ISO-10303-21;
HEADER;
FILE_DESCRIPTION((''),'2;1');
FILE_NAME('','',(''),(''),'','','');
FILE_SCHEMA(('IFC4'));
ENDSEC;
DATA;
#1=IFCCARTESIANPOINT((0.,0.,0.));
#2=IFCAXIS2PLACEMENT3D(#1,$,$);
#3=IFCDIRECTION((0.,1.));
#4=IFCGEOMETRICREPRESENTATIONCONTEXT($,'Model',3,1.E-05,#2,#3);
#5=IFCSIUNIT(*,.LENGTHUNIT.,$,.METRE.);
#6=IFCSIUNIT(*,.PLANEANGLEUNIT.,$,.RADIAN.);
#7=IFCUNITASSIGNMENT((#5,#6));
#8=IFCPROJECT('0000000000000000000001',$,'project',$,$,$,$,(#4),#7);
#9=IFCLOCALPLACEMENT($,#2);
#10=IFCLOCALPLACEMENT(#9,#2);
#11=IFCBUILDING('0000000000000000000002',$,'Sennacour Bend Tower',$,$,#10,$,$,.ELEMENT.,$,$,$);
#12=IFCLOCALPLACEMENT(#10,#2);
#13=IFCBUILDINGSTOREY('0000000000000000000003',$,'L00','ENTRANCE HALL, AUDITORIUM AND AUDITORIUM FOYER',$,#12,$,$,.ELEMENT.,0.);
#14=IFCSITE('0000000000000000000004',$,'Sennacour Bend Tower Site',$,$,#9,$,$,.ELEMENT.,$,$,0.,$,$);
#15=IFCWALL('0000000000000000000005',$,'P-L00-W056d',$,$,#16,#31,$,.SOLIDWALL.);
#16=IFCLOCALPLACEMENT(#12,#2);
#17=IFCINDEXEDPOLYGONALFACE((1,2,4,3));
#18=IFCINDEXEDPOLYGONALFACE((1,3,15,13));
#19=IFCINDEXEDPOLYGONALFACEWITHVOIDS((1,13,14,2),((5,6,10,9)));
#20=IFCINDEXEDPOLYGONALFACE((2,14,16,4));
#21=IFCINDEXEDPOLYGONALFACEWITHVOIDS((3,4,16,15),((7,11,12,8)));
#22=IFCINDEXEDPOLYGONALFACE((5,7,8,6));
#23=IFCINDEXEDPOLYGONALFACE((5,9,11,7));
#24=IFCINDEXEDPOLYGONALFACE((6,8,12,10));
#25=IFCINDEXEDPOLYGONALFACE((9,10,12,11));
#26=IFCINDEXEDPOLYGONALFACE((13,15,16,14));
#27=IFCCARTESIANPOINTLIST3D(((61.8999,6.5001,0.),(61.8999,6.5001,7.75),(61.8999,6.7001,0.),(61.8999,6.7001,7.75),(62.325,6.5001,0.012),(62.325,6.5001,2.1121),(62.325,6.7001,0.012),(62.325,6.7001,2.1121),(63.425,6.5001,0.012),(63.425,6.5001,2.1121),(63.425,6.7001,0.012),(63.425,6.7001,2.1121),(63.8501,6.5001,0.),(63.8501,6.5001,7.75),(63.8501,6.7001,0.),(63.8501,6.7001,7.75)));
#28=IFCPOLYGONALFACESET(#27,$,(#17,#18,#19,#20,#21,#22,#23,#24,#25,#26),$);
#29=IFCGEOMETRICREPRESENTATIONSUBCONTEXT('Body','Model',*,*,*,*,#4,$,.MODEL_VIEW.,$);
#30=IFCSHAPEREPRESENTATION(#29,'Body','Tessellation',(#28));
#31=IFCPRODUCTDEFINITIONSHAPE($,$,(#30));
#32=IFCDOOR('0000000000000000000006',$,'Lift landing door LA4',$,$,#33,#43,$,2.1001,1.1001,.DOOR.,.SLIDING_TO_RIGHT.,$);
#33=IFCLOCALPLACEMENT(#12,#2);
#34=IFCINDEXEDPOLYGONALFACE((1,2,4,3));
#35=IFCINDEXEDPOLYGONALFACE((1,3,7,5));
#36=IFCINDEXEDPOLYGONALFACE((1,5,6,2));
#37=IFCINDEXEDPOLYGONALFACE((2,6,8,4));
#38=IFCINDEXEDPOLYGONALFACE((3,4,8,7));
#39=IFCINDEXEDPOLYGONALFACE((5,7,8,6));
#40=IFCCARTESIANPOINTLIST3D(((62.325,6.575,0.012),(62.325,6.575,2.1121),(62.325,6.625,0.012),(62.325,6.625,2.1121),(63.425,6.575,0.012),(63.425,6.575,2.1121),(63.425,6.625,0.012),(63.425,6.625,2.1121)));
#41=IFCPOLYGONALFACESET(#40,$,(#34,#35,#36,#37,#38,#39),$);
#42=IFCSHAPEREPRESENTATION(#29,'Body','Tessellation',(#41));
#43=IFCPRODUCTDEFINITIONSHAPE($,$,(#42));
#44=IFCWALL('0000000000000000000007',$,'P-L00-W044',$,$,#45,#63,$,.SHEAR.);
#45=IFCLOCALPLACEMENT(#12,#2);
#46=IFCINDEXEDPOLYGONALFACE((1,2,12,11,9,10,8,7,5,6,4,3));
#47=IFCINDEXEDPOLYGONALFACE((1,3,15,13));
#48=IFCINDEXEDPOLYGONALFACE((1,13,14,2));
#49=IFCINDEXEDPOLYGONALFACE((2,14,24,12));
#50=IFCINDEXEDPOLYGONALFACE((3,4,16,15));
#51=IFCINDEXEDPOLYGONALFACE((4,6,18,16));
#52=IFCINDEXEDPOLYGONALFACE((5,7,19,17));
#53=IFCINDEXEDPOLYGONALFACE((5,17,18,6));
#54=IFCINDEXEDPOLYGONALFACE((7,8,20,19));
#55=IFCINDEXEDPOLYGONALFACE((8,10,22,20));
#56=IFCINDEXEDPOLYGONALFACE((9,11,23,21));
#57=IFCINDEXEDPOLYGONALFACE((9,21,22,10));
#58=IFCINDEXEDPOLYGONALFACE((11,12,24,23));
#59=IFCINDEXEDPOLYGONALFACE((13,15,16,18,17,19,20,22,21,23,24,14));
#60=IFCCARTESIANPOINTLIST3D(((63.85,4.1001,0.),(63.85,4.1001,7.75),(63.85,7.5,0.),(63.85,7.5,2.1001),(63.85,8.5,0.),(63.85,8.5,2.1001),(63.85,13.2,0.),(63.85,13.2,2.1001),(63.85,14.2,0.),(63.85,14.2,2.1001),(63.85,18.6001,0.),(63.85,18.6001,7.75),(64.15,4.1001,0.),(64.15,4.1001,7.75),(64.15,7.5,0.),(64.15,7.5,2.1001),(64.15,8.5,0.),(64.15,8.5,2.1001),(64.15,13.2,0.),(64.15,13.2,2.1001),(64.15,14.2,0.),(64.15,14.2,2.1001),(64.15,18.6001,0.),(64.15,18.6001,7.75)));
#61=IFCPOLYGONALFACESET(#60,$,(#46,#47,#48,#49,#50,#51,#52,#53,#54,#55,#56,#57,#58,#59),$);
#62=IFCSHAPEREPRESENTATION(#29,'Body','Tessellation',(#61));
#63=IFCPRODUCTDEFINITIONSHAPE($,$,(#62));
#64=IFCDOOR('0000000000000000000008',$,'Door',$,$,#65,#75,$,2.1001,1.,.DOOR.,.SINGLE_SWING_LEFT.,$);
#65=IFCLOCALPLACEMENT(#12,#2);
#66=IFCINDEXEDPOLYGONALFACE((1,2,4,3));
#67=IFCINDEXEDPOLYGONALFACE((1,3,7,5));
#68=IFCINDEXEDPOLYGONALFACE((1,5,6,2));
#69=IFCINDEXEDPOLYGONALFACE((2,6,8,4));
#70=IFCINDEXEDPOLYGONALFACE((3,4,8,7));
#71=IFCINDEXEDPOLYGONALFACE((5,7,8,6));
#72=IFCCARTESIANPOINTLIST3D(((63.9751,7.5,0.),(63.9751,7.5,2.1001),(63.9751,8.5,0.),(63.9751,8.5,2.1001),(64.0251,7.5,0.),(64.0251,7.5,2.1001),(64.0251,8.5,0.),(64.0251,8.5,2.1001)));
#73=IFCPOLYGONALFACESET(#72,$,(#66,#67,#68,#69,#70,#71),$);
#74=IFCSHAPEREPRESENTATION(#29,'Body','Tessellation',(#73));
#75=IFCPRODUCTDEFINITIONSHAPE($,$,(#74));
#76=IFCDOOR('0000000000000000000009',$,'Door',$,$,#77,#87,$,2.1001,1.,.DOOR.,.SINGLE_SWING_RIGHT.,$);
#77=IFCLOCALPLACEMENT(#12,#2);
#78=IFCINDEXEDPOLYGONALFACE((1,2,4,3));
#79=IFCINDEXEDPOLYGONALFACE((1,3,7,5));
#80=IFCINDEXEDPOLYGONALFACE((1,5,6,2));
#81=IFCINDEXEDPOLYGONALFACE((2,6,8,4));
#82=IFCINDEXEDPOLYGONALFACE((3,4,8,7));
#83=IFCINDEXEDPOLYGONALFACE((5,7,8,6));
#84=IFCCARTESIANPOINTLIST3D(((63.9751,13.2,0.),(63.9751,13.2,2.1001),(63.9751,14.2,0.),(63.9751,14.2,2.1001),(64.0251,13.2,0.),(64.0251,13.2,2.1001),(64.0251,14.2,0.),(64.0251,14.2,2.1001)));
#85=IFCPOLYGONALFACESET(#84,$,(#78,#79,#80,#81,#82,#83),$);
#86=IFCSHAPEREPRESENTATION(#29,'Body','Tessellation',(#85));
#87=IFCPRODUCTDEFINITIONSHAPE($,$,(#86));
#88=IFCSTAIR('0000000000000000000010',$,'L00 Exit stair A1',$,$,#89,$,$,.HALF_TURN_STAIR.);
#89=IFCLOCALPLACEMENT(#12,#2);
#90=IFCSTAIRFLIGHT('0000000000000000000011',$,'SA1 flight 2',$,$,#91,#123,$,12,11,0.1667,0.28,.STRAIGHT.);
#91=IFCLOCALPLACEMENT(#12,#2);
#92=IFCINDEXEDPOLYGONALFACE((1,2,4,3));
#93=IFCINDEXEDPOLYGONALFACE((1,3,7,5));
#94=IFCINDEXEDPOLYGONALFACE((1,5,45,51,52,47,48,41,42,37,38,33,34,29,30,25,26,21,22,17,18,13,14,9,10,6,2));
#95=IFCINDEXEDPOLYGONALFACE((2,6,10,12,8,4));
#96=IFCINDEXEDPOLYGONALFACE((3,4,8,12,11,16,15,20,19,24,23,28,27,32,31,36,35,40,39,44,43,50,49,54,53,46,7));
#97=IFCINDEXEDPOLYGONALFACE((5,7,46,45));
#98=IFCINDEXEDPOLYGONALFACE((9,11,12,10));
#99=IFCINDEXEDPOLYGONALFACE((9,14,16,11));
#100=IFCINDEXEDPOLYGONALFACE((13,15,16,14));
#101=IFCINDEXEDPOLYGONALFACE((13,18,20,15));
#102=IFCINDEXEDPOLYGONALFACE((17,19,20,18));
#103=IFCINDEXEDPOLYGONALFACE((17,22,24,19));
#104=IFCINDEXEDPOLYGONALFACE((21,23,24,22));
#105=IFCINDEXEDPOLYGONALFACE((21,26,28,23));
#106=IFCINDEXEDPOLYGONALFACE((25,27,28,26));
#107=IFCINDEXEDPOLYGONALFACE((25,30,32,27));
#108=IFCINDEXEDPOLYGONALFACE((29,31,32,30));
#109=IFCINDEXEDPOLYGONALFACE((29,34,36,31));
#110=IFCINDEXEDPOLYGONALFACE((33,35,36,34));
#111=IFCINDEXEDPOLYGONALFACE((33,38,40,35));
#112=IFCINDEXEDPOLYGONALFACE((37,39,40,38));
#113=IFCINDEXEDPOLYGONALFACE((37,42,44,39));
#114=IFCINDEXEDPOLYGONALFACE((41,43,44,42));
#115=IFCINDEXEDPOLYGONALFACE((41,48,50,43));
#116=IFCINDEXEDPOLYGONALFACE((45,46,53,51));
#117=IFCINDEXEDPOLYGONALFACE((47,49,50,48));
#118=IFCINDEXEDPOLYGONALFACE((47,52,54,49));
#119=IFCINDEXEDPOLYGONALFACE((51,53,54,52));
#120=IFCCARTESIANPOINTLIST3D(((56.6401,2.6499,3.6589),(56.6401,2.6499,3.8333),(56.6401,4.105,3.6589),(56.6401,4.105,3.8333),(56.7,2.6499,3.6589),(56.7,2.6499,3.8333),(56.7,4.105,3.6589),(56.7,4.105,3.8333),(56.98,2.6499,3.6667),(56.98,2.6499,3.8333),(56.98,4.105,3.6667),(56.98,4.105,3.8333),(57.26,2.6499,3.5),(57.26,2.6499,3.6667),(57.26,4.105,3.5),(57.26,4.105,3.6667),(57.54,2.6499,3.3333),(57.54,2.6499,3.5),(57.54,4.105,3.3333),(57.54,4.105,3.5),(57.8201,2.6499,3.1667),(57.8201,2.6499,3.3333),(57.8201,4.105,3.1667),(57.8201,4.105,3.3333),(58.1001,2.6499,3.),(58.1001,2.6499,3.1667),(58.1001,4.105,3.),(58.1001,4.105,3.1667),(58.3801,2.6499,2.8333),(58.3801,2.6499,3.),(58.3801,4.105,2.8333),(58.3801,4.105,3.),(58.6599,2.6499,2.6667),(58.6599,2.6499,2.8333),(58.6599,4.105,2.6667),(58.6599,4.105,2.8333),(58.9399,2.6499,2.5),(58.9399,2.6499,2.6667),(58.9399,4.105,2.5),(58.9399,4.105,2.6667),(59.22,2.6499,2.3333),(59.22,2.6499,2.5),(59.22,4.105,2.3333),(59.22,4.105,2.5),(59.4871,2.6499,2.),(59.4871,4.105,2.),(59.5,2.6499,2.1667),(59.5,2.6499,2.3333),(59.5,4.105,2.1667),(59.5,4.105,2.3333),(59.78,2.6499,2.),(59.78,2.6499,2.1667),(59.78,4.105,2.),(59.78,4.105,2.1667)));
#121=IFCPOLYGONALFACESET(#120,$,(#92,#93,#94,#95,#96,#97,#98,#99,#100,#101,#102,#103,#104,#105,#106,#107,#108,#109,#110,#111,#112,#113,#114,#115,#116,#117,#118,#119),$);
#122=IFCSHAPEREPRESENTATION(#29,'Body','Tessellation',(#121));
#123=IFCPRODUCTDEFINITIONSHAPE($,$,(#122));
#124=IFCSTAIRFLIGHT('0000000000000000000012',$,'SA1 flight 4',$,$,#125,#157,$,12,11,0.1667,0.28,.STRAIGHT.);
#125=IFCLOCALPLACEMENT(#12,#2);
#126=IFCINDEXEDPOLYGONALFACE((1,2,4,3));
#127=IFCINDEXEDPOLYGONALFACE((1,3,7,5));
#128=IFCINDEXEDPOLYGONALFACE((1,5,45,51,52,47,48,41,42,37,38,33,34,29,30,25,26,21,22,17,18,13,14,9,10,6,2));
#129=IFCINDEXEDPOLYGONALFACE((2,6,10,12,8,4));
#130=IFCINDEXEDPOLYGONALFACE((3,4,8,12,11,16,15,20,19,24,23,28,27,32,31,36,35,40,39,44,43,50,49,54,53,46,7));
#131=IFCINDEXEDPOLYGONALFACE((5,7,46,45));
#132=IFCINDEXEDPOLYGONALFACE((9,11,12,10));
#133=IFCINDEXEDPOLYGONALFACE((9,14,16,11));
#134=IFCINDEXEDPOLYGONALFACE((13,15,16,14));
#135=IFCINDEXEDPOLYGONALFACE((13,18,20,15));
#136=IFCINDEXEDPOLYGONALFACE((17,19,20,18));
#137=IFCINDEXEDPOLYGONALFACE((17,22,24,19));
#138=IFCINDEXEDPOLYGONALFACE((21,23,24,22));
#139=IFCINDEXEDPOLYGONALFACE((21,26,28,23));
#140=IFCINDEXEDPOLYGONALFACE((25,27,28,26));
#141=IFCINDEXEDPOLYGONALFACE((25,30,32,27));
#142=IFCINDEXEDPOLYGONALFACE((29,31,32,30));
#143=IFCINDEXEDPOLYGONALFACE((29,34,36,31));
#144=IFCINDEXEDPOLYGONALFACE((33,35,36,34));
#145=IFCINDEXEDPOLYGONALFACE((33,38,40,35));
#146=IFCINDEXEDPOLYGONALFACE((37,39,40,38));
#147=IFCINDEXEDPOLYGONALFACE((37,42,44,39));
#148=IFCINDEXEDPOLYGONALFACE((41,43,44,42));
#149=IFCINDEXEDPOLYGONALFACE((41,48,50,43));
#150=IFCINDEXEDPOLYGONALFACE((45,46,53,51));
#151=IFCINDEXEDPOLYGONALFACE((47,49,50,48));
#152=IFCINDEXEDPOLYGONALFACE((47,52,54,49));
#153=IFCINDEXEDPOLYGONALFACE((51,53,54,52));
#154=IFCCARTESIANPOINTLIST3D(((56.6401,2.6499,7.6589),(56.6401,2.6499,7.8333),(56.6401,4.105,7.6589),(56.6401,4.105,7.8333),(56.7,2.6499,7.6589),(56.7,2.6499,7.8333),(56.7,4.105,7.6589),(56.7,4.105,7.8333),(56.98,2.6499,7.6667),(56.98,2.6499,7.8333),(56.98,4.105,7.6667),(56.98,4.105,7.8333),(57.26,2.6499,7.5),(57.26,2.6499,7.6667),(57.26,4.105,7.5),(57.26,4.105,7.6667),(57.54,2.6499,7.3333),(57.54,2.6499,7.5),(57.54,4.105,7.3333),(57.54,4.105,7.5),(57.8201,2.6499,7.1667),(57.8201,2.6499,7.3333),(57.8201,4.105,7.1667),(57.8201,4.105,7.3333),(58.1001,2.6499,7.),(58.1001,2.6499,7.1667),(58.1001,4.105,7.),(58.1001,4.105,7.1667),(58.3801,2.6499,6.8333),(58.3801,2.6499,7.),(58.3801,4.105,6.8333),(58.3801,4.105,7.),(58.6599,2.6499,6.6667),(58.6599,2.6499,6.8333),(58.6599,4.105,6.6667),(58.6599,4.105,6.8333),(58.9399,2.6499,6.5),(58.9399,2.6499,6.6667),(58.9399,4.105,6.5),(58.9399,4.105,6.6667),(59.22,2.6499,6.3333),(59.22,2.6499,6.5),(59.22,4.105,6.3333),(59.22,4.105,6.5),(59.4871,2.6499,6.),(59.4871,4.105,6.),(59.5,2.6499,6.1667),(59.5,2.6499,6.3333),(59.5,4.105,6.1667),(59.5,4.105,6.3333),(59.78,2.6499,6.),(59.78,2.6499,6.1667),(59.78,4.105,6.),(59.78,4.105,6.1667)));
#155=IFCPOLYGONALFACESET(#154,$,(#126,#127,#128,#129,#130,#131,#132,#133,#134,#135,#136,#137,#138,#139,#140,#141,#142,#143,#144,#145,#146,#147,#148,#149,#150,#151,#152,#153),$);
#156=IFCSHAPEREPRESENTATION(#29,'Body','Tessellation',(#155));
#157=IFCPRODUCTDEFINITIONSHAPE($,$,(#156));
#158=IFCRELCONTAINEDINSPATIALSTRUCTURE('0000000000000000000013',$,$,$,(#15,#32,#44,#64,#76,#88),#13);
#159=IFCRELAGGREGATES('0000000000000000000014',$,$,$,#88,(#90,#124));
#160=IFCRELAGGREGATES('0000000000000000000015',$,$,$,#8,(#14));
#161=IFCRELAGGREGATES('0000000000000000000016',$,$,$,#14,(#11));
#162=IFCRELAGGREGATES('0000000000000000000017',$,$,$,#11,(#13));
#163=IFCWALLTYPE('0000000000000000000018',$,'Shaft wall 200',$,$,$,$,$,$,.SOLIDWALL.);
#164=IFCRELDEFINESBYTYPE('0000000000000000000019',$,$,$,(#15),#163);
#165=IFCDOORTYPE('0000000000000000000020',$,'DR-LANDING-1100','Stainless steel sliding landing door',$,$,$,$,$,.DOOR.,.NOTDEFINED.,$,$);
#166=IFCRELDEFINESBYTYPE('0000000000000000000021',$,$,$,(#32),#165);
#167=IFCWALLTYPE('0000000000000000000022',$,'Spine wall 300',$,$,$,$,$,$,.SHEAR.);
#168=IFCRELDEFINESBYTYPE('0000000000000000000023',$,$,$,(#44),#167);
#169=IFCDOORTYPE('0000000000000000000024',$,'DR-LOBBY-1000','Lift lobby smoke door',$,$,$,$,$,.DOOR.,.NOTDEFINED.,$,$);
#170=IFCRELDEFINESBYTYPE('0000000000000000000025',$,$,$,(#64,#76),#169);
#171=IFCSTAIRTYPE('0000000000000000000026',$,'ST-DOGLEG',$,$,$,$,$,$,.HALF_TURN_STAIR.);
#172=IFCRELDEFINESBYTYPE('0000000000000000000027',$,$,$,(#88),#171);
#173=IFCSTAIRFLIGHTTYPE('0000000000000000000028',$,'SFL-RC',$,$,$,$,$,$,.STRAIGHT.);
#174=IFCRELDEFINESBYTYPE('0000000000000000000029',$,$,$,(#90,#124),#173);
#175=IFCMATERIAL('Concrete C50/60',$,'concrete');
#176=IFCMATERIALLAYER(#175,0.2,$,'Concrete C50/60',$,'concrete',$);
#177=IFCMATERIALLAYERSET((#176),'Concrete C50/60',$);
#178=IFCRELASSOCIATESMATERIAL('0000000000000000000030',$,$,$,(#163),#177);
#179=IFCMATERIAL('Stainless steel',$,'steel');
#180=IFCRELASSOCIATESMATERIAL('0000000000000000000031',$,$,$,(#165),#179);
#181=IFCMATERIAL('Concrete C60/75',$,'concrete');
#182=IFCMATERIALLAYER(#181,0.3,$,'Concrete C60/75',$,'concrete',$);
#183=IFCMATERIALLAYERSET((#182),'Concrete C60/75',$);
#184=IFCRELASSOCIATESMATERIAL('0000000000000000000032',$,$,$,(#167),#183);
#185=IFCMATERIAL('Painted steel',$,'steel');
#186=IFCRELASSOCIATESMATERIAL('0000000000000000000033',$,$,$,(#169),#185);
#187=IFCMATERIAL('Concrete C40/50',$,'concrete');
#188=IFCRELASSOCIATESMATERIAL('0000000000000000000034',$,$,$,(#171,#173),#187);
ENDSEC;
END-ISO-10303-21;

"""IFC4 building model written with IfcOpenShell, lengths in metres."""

from ifc_helpers import new_model, si_unit, direction, frame, frame_2d, origin, place, context, subcontext, project, spatial, polyline, rectangle, outline, extrude, material, layer, layer_set, type_object, element, fill, aggregate, save


model = new_model("IFC4")

# Units and contexts
model_context = context("Model", 3, precision=1e-05, world=origin(), true_north=direction((0.0, 1.0)))
body_context = subcontext(model_context, "Body", "Model", "MODEL_VIEW")
ifc_project = project(units=[si_unit("LENGTHUNIT", "METRE"), si_unit("PLANEANGLEUNIT", "RADIAN")], contexts=[model_context])

# Site, building, storey
site_placement = place(None, origin())
site = spatial("IfcSite", under=ifc_project, at=site_placement, Name="Sennacour Bend Tower Site", CompositionType="ELEMENT", RefElevation=0.0)
building_placement = place(site_placement, origin())
building = spatial("IfcBuilding", under=site, at=building_placement, Name="Sennacour Bend Tower", CompositionType="ELEMENT")
storey_placement = place(building_placement, origin())
storey = spatial("IfcBuildingStorey", under=building, at=storey_placement, Name="L00", Description="ENTRANCE HALL, AUDITORIUM AND AUDITORIUM FOYER", CompositionType="ELEMENT", Elevation=0.0)

# Shared definitions
ifc_material_1 = material(Name="Concrete C50/60", Category="concrete")

# Shared definitions
ifc_material_2 = material(Name="Painted steel", Category="steel")

# Shared definitions
ifc_layer_1 = layer(ifc_material_1, 0.2, Name="Concrete C50/60", Category="concrete")
ifc_layer_set_1 = layer_set([ifc_layer_1], Name="Concrete C50/60")
wall_type_1 = type_object("IfcWallType", Name="Shaft wall 200", PredefinedType="SOLIDWALL", material=ifc_layer_set_1)

# Wall, opening, door
ifc_material_3 = material(Name="Stainless steel", Category="steel")
door_type_1 = type_object("IfcDoorType", Name="DR-LANDING-1100", Description="Stainless steel sliding landing door", OperationType="NOTDEFINED", PredefinedType="DOOR", material=ifc_material_3)
wall_1_placement = place(storey_placement, frame((61.8999, 6.6001, 0.0), z_axis=(0.0, 0.0, 1.0), x_axis=(1.0, 0.0, 0.0)))
wall_1 = element("IfcWall", 1, at=wall_1_placement, inside=storey, type_object=wall_type_1, Name="P-L00-W056d", PredefinedType="SOLIDWALL", context=body_context, shape_type="SweptSolid", body=[
    extrude(rectangle(XDim=1.9502, YDim=0.2, at=frame_2d((0.9751, 0.0))), origin(), (0.0, 0.0, 1.0), 7.75),
])
opening_1_placement = place(wall_1_placement, frame((0.425, 0.0, 0.012)))
opening_1 = element("IfcOpeningElement", 2, at=opening_1_placement, cuts=wall_1, PredefinedType="OPENING", context=body_context, shape_type="SweptSolid", body=[
    extrude(rectangle(XDim=1.1001, YDim=2.1001, at=frame_2d((0.55, 1.05))), frame((0.0, 0.1099, 0.0), z_axis=(0.0, -1.0, 0.0), x_axis=(1.0, 0.0, 0.0)), (0.0, 0.0, 1.0), 0.22),
])
door_1_placement = place(opening_1_placement, origin())
door_1 = element("IfcDoor", 3, at=door_1_placement, inside=storey, type_object=door_type_1, Name="Lift landing door LA4", OperationType="SLIDING_TO_RIGHT", OverallHeight=2.1001, OverallWidth=1.1001, PredefinedType="DOOR", context=body_context, shape_type="SweptSolid", body=[
    extrude(rectangle(XDim=1.1001, YDim=2.1001, at=frame_2d((0.55, 1.05))), frame((0.0, 0.0249, 0.0), z_axis=(0.0, -1.0, 0.0), x_axis=(1.0, 0.0, 0.0)), (0.0, 0.0, 1.0), 0.05),
])
fill(opening_1, door_1)

# Wall, openings, doors
ifc_material_4 = material(Name="Concrete C60/75", Category="concrete")
ifc_layer_2 = layer(ifc_material_4, 0.3, Name="Concrete C60/75", Category="concrete")
ifc_layer_set_2 = layer_set([ifc_layer_2], Name="Concrete C60/75")
wall_type_2 = type_object("IfcWallType", Name="Spine wall 300", PredefinedType="SHEAR", material=ifc_layer_set_2)
wall_2_placement = place(storey_placement, frame((64.0, 4.1001, 0.0), z_axis=(0.0, 0.0, 1.0), x_axis=(0.0, 1.0, 0.0)))
wall_2 = element("IfcWall", 4, at=wall_2_placement, inside=storey, type_object=wall_type_2, Name="P-L00-W044", PredefinedType="SHEAR", context=body_context, shape_type="SweptSolid", body=[
    extrude(rectangle(XDim=14.5, YDim=0.3, at=frame_2d((7.25, 0.0))), origin(), (0.0, 0.0, 1.0), 7.75),
])
opening_2_placement = place(wall_2_placement, frame((3.3999, 0.0, 0.0)))
opening_2 = element("IfcOpeningElement", 5, at=opening_2_placement, cuts=wall_2, PredefinedType="OPENING", context=body_context, shape_type="SweptSolid", body=[
    extrude(rectangle(XDim=1.0, YDim=2.1001, at=frame_2d((0.5, 1.05))), frame((0.0, 0.1602, 0.0), z_axis=(0.0, -1.0, 0.0), x_axis=(1.0, 0.0, 0.0)), (0.0, 0.0, 1.0), 0.3201),
])
opening_3_placement = place(wall_2_placement, frame((9.0999, 0.0, 0.0)))
opening_3 = element("IfcOpeningElement", 6, at=opening_3_placement, cuts=wall_2, PredefinedType="OPENING", context=body_context, shape_type="SweptSolid", body=[
    extrude(rectangle(XDim=1.0, YDim=2.1001, at=frame_2d((0.5, 1.05))), frame((0.0, 0.1602, 0.0), z_axis=(0.0, -1.0, 0.0), x_axis=(1.0, 0.0, 0.0)), (0.0, 0.0, 1.0), 0.3201),
])
door_type_2 = type_object("IfcDoorType", Name="DR-LOBBY-1000", Description="Lift lobby smoke door", OperationType="NOTDEFINED", PredefinedType="DOOR", material=ifc_material_2)
door_2_placement = place(opening_2_placement, origin())
door_2 = element("IfcDoor", 7, at=door_2_placement, inside=storey, type_object=door_type_2, Name="Door", OperationType="SINGLE_SWING_LEFT", OverallHeight=2.1001, OverallWidth=1.0, PredefinedType="DOOR", context=body_context, shape_type="SweptSolid", body=[
    extrude(rectangle(XDim=1.0, YDim=2.1001, at=frame_2d((0.5, 1.05))), frame((0.0, 0.0249, 0.0), z_axis=(0.0, -1.0, 0.0), x_axis=(1.0, 0.0, 0.0)), (0.0, 0.0, 1.0), 0.05),
])
fill(opening_2, door_2)
door_3_placement = place(opening_3_placement, origin())
door_3 = element("IfcDoor", 8, at=door_3_placement, inside=storey, type_object=door_type_2, Name="Door", OperationType="SINGLE_SWING_RIGHT", OverallHeight=2.1001, OverallWidth=1.0, PredefinedType="DOOR", context=body_context, shape_type="SweptSolid", body=[
    extrude(rectangle(XDim=1.0, YDim=2.1001, at=frame_2d((0.5, 1.05))), frame((0.0, 0.0249, 0.0), z_axis=(0.0, -1.0, 0.0), x_axis=(1.0, 0.0, 0.0)), (0.0, 0.0, 1.0), 0.05),
])
fill(opening_3, door_3)

# Stair, stair flights
ifc_material_5 = material(Name="Concrete C40/50", Category="concrete")
stair_type = type_object("IfcStairType", Name="ST-DOGLEG", PredefinedType="HALF_TURN_STAIR", material=ifc_material_5)
stair_placement = place(storey_placement, origin())
stair = element("IfcStair", 9, at=stair_placement, inside=storey, type_object=stair_type, Name="L00 Exit stair A1", PredefinedType="HALF_TURN_STAIR")
stair_flight_type = type_object("IfcStairFlightType", Name="SFL-RC", PredefinedType="STRAIGHT", material=ifc_material_5)
stair_flight_1_placement = place(storey_placement, frame((59.78, 3.3774, 2.0), z_axis=(0.0, 0.0, 1.0), x_axis=(-1.0, 0.0, 0.0)))
stair_flight_1 = element("IfcStairFlight", 10, at=stair_flight_1_placement, type_object=stair_flight_type, Name="SA1 flight 2", NumberOfRisers=12, NumberOfTreads=11, PredefinedType="STRAIGHT", RiserHeight=0.1667, TreadLength=0.28, context=body_context, shape_type="SweptSolid", body=[
    extrude(outline(polyline([(0.0, 0.0), (0.0, 0.1667), (0.28, 0.1667), (0.28, 0.3333), (0.5601, 0.3333), (0.5601, 0.5), (0.8401, 0.5), (0.8401, 0.6667), (1.1201, 0.6667), (1.1201, 0.8333), (1.3999, 0.8333), (1.3999, 1.0), (1.6799, 1.0), (1.6799, 1.1667), (1.96, 1.1667), (1.96, 1.3333), (2.24, 1.3333), (2.24, 1.5), (2.52, 1.5), (2.52, 1.6667), (2.8, 1.6667), (2.8, 1.8333), (3.0801, 1.8333), (3.1399, 1.8333), (3.1399, 1.6589), (3.0801, 1.6589), (0.293, 0.0), (0.0, 0.0)])), frame((0.0, 0.7275, 0.0), z_axis=(0.0, -1.0, 0.0), x_axis=(1.0, 0.0, 0.0)), (0.0, 0.0, 1.0), 1.4551),
])
stair_flight_2_placement = place(storey_placement, frame((59.78, 3.3774, 6.0), z_axis=(0.0, 0.0, 1.0), x_axis=(-1.0, 0.0, 0.0)))
stair_flight_2 = element("IfcStairFlight", 11, at=stair_flight_2_placement, type_object=stair_flight_type, Name="SA1 flight 4", NumberOfRisers=12, NumberOfTreads=11, PredefinedType="STRAIGHT", RiserHeight=0.1667, TreadLength=0.28, context=body_context, shape_type="SweptSolid", body=[
    extrude(outline(polyline([(0.0, 0.0), (0.0, 0.1667), (0.28, 0.1667), (0.28, 0.3333), (0.5601, 0.3333), (0.5601, 0.5), (0.8401, 0.5), (0.8401, 0.6667), (1.1201, 0.6667), (1.1201, 0.8333), (1.3999, 0.8333), (1.3999, 1.0), (1.6799, 1.0), (1.6799, 1.1667), (1.96, 1.1667), (1.96, 1.3333), (2.24, 1.3333), (2.24, 1.5), (2.52, 1.5), (2.52, 1.6667), (2.8, 1.6667), (2.8, 1.8333), (3.0801, 1.8333), (3.1399, 1.8333), (3.1399, 1.6589), (3.0801, 1.6589), (0.293, 0.0), (0.0, 0.0)])), frame((0.0, 0.7275, 0.0), z_axis=(0.0, -1.0, 0.0), x_axis=(1.0, 0.0, 0.0)), (0.0, 0.0, 1.0), 1.4551),
])
aggregate(stair, [stair_flight_1, stair_flight_2])

save(model, "model.ifc")
